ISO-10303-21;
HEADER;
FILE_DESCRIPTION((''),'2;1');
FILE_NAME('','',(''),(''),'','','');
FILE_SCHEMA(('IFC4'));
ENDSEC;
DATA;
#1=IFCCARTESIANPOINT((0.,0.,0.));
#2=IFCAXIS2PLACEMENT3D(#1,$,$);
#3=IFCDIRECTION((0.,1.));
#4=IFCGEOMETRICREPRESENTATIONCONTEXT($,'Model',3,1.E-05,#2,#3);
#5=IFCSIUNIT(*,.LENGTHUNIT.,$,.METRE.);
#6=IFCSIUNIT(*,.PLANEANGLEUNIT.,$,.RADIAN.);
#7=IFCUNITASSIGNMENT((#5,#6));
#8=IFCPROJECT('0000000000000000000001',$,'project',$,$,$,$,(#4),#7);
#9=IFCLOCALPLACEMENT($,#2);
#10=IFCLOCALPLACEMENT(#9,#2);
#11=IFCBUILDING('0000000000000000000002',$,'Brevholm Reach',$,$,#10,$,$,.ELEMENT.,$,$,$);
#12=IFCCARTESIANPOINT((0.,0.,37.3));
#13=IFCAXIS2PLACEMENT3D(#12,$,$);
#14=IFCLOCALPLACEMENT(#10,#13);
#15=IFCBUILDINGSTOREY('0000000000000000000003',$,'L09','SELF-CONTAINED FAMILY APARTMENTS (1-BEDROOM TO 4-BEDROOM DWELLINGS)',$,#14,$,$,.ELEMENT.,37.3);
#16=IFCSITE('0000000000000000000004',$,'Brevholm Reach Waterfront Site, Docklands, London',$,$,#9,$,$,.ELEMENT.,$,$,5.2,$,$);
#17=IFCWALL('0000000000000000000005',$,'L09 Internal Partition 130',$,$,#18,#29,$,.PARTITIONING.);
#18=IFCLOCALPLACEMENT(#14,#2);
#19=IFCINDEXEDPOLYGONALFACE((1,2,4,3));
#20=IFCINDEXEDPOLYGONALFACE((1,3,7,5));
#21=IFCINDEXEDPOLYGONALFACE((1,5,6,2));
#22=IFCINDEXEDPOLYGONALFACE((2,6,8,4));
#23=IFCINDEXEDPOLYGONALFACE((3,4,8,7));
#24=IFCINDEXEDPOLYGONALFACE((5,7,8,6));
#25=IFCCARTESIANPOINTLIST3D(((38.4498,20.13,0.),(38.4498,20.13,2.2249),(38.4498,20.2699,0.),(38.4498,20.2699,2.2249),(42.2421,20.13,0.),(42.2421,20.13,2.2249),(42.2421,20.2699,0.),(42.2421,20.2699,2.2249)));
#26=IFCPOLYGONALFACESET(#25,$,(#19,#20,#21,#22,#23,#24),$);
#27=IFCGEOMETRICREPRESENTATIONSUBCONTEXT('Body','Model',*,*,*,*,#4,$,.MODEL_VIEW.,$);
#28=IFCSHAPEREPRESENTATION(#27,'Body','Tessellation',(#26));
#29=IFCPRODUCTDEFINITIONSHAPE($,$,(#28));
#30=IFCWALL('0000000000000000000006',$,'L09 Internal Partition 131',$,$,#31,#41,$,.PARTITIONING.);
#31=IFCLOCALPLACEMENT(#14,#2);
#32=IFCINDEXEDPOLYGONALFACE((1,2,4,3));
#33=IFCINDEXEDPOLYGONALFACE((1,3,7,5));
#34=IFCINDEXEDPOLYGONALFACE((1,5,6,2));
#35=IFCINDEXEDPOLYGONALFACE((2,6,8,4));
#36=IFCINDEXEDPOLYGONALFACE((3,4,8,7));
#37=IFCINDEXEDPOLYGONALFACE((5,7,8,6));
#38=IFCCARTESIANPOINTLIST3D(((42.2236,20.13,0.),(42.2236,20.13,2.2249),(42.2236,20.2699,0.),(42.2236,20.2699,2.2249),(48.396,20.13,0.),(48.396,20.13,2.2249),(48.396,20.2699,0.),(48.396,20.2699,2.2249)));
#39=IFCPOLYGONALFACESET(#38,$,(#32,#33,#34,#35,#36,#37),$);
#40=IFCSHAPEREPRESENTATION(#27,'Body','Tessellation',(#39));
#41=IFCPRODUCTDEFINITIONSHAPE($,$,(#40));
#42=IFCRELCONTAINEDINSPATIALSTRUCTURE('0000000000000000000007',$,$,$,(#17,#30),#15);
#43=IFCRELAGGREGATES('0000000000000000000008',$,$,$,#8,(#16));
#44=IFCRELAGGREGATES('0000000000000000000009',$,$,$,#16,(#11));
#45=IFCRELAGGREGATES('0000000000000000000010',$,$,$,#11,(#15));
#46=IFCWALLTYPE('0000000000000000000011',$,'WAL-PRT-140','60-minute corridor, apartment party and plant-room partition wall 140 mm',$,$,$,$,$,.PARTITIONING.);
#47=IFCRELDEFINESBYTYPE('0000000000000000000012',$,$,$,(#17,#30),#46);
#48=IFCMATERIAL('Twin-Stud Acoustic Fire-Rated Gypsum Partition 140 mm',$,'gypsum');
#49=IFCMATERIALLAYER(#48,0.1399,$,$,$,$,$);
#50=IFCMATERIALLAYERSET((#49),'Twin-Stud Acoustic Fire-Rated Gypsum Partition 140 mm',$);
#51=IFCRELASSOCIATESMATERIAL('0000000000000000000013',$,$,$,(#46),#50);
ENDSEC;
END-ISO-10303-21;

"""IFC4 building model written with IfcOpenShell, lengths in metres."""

from ifc_helpers import new_model, si_unit, direction, frame, frame_2d, origin, place, context, subcontext, project, spatial, rectangle, extrude, material, layer, layer_set, type_object, element, save


model = new_model("IFC4")

# Units and contexts
model_context = context("Model", 3, precision=1e-05, world=origin(), true_north=direction((0.0, 1.0)))
body_context = subcontext(model_context, "Body", "Model", "MODEL_VIEW")
ifc_project = project(units=[si_unit("LENGTHUNIT", "METRE"), si_unit("PLANEANGLEUNIT", "RADIAN")], contexts=[model_context])

# Site, building, storey
site_placement = place(None, origin())
site = spatial("IfcSite", under=ifc_project, at=site_placement, Name="Brevholm Reach Waterfront Site, Docklands, London", CompositionType="ELEMENT", RefElevation=5.2)
building_placement = place(site_placement, origin())
building = spatial("IfcBuilding", under=site, at=building_placement, Name="Brevholm Reach", CompositionType="ELEMENT")
storey_placement = place(building_placement, frame((0.0, 0.0, 37.3)))
storey = spatial("IfcBuildingStorey", under=building, at=storey_placement, Name="L09", Description="SELF-CONTAINED FAMILY APARTMENTS (1-BEDROOM TO 4-BEDROOM DWELLINGS)", CompositionType="ELEMENT", Elevation=37.3)

# Walls
ifc_material_1 = material(Name="Twin-Stud Acoustic Fire-Rated Gypsum Partition 140 mm", Category="gypsum")
ifc_layer_1 = layer(ifc_material_1, 0.1399)
ifc_layer_set_1 = layer_set([ifc_layer_1], Name="Twin-Stud Acoustic Fire-Rated Gypsum Partition 140 mm")
wall_type_1 = type_object("IfcWallType", Name="WAL-PRT-140", Description="60-minute corridor, apartment party and plant-room partition wall 140 mm", PredefinedType="PARTITIONING", material=ifc_layer_set_1)
wall_1_placement = place(storey_placement, frame((38.45, 20.2, 0.0), z_axis=(0.0, 0.0, 1.0), x_axis=(1.0, 0.0, 0.0)))
element("IfcWall", 1, at=wall_1_placement, inside=storey, type_object=wall_type_1, Name="L09 Internal Partition 130", PredefinedType="PARTITIONING", context=body_context, shape_type="SweptSolid", body=[
    extrude(rectangle(XDim=3.7922, YDim=0.1399, at=frame_2d((1.896, 0.0))), origin(), (0.0, 0.0, 1.0), 2.2249),
])
wall_2_placement = place(storey_placement, frame((42.2236, 20.2, 0.0), z_axis=(0.0, 0.0, 1.0), x_axis=(1.0, 0.0, 0.0)))
element("IfcWall", 2, at=wall_2_placement, inside=storey, type_object=wall_type_1, Name="L09 Internal Partition 131", PredefinedType="PARTITIONING", context=body_context, shape_type="SweptSolid", body=[
    extrude(rectangle(XDim=6.1724, YDim=0.1399, at=frame_2d((3.0862, 0.0))), origin(), (0.0, 0.0, 1.0), 2.2249),
])

save(model, "model.ifc")
